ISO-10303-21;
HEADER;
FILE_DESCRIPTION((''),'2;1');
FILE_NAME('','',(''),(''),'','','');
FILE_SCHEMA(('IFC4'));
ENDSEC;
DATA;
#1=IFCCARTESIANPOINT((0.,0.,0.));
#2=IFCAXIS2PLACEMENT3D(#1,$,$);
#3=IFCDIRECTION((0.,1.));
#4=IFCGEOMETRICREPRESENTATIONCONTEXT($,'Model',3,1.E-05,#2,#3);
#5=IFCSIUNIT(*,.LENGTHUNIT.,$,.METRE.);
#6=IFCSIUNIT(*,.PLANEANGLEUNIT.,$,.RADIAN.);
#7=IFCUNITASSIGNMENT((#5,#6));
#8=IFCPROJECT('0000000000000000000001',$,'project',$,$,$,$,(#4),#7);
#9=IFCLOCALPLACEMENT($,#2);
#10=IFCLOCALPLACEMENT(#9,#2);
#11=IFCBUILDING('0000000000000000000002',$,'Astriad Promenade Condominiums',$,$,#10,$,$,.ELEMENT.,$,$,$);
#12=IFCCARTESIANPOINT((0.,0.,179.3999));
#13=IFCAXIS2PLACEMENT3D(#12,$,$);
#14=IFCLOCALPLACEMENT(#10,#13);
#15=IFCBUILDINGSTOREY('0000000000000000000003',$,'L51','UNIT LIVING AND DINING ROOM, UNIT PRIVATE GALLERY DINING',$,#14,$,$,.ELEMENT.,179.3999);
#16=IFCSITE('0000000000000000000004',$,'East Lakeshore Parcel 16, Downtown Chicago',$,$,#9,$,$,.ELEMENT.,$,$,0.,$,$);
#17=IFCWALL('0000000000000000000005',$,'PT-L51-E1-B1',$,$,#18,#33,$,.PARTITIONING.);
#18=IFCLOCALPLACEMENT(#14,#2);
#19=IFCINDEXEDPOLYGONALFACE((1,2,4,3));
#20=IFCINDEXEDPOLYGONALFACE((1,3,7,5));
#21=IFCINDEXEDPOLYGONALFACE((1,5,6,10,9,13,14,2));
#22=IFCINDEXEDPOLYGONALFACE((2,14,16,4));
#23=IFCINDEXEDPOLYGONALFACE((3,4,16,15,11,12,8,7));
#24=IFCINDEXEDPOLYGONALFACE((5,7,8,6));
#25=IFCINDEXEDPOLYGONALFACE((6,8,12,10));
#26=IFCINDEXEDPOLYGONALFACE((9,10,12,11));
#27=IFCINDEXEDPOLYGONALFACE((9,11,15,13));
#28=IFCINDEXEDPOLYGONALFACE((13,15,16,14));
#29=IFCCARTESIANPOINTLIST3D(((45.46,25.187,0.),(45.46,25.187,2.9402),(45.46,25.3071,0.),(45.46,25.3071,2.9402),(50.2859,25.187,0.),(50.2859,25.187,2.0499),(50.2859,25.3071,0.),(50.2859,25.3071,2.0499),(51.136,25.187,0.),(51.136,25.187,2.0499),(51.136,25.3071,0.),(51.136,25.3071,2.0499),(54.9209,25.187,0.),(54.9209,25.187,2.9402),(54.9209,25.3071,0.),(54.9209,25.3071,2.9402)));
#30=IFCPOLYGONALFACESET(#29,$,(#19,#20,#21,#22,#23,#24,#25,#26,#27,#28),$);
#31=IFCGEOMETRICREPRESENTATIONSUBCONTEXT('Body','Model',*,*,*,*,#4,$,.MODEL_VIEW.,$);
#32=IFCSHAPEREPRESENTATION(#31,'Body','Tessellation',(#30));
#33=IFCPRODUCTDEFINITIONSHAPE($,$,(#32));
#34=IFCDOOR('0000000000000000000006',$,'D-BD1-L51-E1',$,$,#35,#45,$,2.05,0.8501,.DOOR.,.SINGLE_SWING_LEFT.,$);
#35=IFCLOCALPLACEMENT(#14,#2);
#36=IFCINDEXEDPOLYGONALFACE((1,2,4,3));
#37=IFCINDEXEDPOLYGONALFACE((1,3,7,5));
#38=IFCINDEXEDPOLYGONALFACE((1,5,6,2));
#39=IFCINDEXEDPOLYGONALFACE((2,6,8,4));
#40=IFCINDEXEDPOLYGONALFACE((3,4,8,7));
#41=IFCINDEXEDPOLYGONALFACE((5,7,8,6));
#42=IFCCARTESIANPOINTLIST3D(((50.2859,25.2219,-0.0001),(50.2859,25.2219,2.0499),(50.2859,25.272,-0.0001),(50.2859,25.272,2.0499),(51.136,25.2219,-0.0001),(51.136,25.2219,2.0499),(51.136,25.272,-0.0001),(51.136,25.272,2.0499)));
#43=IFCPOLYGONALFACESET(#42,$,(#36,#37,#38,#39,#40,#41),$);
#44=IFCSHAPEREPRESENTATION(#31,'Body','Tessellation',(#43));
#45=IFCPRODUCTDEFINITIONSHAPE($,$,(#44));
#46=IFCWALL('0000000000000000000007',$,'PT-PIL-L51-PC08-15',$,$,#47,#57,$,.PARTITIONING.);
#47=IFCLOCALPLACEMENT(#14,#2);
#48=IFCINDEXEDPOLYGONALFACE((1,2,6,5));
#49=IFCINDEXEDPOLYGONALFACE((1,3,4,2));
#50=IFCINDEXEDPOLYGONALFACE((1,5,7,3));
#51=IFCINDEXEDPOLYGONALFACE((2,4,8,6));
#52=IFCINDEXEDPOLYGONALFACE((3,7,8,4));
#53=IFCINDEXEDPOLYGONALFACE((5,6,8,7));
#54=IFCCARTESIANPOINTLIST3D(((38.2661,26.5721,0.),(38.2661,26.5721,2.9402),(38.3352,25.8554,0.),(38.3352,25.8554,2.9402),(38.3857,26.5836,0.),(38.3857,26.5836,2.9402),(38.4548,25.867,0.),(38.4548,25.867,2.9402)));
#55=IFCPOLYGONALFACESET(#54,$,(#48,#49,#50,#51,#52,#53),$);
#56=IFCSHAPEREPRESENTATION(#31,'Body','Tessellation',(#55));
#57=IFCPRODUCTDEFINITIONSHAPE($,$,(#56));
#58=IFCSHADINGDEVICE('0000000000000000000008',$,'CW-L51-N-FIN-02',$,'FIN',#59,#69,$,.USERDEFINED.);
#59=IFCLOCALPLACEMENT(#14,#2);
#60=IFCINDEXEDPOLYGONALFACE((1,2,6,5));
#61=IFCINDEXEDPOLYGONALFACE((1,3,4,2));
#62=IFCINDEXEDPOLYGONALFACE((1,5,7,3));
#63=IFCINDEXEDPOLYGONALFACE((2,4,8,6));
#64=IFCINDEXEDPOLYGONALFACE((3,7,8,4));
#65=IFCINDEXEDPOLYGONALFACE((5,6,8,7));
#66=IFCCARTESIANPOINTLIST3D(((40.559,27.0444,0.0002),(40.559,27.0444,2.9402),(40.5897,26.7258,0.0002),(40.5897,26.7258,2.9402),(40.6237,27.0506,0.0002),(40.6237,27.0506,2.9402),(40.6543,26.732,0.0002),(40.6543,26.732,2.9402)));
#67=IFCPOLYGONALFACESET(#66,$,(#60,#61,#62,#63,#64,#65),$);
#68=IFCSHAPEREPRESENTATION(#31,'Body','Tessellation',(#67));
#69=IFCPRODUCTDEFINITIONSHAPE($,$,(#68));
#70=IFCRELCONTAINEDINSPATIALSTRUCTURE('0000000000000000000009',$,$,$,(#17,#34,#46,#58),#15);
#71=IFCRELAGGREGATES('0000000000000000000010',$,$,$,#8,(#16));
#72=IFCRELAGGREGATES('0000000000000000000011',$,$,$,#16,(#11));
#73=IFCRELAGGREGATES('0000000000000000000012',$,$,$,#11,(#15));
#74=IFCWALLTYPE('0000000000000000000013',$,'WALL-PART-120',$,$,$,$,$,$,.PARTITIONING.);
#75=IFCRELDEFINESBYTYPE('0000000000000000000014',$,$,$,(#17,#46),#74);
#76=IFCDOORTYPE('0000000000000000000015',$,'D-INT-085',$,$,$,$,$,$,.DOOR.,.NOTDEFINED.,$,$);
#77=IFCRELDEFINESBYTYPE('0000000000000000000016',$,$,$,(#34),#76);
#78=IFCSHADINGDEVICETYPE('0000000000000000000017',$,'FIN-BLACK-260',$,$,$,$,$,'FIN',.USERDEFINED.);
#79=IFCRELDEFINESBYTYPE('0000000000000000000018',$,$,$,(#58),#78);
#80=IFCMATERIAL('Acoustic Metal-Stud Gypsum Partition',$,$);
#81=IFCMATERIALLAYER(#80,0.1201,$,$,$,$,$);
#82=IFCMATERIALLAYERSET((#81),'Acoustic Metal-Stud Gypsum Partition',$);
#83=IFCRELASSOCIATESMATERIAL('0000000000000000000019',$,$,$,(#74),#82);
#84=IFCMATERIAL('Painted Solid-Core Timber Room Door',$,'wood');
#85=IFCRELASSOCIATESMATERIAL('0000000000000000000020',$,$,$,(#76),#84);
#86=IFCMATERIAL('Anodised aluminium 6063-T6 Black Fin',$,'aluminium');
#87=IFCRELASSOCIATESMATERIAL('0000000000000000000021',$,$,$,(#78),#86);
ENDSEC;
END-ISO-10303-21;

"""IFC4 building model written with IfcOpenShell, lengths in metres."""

from ifc_helpers import new_model, si_unit, direction, frame, frame_2d, origin, origin_2d, place, context, subcontext, project, spatial, rectangle, extrude, source, transform, mapped, material, layer, layer_set, type_object, type_shapes, element, fill, save


model = new_model("IFC4")

# Units and contexts
model_context = context("Model", 3, precision=1e-05, world=origin(), true_north=direction((0.0, 1.0)))
body_context = subcontext(model_context, "Body", "Model", "MODEL_VIEW")
ifc_project = project(units=[si_unit("LENGTHUNIT", "METRE"), si_unit("PLANEANGLEUNIT", "RADIAN")], contexts=[model_context])

# Site, building, storey
site_placement = place(None, origin())
site = spatial("IfcSite", under=ifc_project, at=site_placement, Name="East Lakeshore Parcel 16, Downtown Chicago", CompositionType="ELEMENT", RefElevation=0.0)
building_placement = place(site_placement, origin())
building = spatial("IfcBuilding", under=site, at=building_placement, Name="Astriad Promenade Condominiums", CompositionType="ELEMENT")
storey_placement = place(building_placement, frame((0.0, 0.0, 179.3999)))
storey = spatial("IfcBuildingStorey", under=building, at=storey_placement, Name="L51", Description="UNIT LIVING AND DINING ROOM, UNIT PRIVATE GALLERY DINING", CompositionType="ELEMENT", Elevation=179.3999)

# Wall, opening, door
ifc_material_1 = material(Name="Acoustic Metal-Stud Gypsum Partition")
ifc_layer_1 = layer(ifc_material_1, 0.1201)
ifc_layer_set_1 = layer_set([ifc_layer_1], Name="Acoustic Metal-Stud Gypsum Partition")
wall_type_1 = type_object("IfcWallType", Name="WALL-PART-120", PredefinedType="PARTITIONING", material=ifc_layer_set_1)
wall_1_placement = place(storey_placement, frame((45.46, 25.2471, 0.0), z_axis=(0.0, 0.0, 1.0), x_axis=(1.0, 0.0, 0.0)))
wall_1 = element("IfcWall", 1, at=wall_1_placement, inside=storey, type_object=wall_type_1, Name="PT-L51-E1-B1", PredefinedType="PARTITIONING", context=body_context, shape_type="SweptSolid", body=[
    extrude(rectangle(XDim=9.4609, YDim=0.1201, at=frame_2d((4.7305, 0.0))), origin(), (0.0, 0.0, 1.0), 2.9402),
])
opening_1_placement = place(wall_1_placement, frame((4.8259, 0.0, 0.0)))
opening_1 = element("IfcOpeningElement", 2, at=opening_1_placement, cuts=wall_1, PredefinedType="OPENING", context=body_context, shape_type="SweptSolid", body=[
    extrude(rectangle(XDim=0.8501, YDim=2.05, at=frame_2d((0.425, 1.0249))), frame((0.0, 0.0701, 0.0), z_axis=(0.0, -1.0, 0.0), x_axis=(1.0, 0.0, 0.0)), (0.0, 0.0, 1.0), 0.1401),
])
ifc_material_2 = material(Name="Painted Solid-Core Timber Room Door", Category="wood")
door_type_1 = type_object("IfcDoorType", Name="D-INT-085", OperationType="NOTDEFINED", PredefinedType="DOOR", material=ifc_material_2)
shared_shape_1 = source(origin(), body_context, "Body", "SweptSolid", [
    extrude(rectangle(XDim=0.8501, YDim=2.05, at=frame_2d((0.425, 1.0249))), frame((0.0, 0.0249, 0.0), z_axis=(0.0, -1.0, 0.0), x_axis=(1.0, 0.0, 0.0)), (0.0, 0.0, 1.0), 0.05),
])
type_shapes(door_type_1, [shared_shape_1])
door_1_placement = place(opening_1_placement, origin())
door_1 = element("IfcDoor", 3, at=door_1_placement, inside=storey, type_object=door_type_1, Name="D-BD1-L51-E1", OperationType="SINGLE_SWING_LEFT", OverallHeight=2.05, OverallWidth=0.8501, PredefinedType="DOOR", context=body_context, shape_type="MappedRepresentation", body=[
    mapped(shared_shape_1, transform((0.0, 0.0, 0.0), scale=1.0)),
])
fill(opening_1, door_1)

# Wall
wall_2_placement = place(storey_placement, frame((38.395, 25.8613, 0.0), z_axis=(0.0, 0.0, 1.0), x_axis=(-0.095977, 0.995384, 0.0)))
element("IfcWall", 4, at=wall_2_placement, inside=storey, type_object=wall_type_1, Name="PT-PIL-L51-PC08-15", PredefinedType="PARTITIONING", context=body_context, shape_type="SweptSolid", body=[
    extrude(rectangle(XDim=0.72, YDim=0.1201, at=frame_2d((0.3599, 0.0))), origin(), (0.0, 0.0, 1.0), 2.9402),
])

# Shading device
ifc_material_3 = material(Name="Anodised aluminium 6063-T6 Black Fin", Category="aluminium")
shading_device_type = type_object("IfcShadingDeviceType", Name="FIN-BLACK-260", ElementType="FIN", PredefinedType="USERDEFINED", material=ifc_material_3)
shared_shape_2 = source(origin(), body_context, "Body", "SweptSolid", [
    extrude(rectangle(XDim=0.0649, YDim=0.3201, at=origin_2d()), origin(), (0.0, 0.0, 1.0), 2.9399),
])
type_shapes(shading_device_type, [shared_shape_2])
shading_device_placement = place(storey_placement, frame((40.6067, 26.8882, 0.0002), z_axis=(0.0, 0.0, 1.0), x_axis=(0.995396, 0.095846, 0.0)))
element("IfcShadingDevice", 5, at=shading_device_placement, inside=storey, type_object=shading_device_type, Name="CW-L51-N-FIN-02", ObjectType="FIN", PredefinedType="USERDEFINED", context=body_context, shape_type="MappedRepresentation", body=[
    mapped(shared_shape_2, transform((0.0, 0.0, 0.0), scale=1.0)),
])

save(model, "model.ifc")
